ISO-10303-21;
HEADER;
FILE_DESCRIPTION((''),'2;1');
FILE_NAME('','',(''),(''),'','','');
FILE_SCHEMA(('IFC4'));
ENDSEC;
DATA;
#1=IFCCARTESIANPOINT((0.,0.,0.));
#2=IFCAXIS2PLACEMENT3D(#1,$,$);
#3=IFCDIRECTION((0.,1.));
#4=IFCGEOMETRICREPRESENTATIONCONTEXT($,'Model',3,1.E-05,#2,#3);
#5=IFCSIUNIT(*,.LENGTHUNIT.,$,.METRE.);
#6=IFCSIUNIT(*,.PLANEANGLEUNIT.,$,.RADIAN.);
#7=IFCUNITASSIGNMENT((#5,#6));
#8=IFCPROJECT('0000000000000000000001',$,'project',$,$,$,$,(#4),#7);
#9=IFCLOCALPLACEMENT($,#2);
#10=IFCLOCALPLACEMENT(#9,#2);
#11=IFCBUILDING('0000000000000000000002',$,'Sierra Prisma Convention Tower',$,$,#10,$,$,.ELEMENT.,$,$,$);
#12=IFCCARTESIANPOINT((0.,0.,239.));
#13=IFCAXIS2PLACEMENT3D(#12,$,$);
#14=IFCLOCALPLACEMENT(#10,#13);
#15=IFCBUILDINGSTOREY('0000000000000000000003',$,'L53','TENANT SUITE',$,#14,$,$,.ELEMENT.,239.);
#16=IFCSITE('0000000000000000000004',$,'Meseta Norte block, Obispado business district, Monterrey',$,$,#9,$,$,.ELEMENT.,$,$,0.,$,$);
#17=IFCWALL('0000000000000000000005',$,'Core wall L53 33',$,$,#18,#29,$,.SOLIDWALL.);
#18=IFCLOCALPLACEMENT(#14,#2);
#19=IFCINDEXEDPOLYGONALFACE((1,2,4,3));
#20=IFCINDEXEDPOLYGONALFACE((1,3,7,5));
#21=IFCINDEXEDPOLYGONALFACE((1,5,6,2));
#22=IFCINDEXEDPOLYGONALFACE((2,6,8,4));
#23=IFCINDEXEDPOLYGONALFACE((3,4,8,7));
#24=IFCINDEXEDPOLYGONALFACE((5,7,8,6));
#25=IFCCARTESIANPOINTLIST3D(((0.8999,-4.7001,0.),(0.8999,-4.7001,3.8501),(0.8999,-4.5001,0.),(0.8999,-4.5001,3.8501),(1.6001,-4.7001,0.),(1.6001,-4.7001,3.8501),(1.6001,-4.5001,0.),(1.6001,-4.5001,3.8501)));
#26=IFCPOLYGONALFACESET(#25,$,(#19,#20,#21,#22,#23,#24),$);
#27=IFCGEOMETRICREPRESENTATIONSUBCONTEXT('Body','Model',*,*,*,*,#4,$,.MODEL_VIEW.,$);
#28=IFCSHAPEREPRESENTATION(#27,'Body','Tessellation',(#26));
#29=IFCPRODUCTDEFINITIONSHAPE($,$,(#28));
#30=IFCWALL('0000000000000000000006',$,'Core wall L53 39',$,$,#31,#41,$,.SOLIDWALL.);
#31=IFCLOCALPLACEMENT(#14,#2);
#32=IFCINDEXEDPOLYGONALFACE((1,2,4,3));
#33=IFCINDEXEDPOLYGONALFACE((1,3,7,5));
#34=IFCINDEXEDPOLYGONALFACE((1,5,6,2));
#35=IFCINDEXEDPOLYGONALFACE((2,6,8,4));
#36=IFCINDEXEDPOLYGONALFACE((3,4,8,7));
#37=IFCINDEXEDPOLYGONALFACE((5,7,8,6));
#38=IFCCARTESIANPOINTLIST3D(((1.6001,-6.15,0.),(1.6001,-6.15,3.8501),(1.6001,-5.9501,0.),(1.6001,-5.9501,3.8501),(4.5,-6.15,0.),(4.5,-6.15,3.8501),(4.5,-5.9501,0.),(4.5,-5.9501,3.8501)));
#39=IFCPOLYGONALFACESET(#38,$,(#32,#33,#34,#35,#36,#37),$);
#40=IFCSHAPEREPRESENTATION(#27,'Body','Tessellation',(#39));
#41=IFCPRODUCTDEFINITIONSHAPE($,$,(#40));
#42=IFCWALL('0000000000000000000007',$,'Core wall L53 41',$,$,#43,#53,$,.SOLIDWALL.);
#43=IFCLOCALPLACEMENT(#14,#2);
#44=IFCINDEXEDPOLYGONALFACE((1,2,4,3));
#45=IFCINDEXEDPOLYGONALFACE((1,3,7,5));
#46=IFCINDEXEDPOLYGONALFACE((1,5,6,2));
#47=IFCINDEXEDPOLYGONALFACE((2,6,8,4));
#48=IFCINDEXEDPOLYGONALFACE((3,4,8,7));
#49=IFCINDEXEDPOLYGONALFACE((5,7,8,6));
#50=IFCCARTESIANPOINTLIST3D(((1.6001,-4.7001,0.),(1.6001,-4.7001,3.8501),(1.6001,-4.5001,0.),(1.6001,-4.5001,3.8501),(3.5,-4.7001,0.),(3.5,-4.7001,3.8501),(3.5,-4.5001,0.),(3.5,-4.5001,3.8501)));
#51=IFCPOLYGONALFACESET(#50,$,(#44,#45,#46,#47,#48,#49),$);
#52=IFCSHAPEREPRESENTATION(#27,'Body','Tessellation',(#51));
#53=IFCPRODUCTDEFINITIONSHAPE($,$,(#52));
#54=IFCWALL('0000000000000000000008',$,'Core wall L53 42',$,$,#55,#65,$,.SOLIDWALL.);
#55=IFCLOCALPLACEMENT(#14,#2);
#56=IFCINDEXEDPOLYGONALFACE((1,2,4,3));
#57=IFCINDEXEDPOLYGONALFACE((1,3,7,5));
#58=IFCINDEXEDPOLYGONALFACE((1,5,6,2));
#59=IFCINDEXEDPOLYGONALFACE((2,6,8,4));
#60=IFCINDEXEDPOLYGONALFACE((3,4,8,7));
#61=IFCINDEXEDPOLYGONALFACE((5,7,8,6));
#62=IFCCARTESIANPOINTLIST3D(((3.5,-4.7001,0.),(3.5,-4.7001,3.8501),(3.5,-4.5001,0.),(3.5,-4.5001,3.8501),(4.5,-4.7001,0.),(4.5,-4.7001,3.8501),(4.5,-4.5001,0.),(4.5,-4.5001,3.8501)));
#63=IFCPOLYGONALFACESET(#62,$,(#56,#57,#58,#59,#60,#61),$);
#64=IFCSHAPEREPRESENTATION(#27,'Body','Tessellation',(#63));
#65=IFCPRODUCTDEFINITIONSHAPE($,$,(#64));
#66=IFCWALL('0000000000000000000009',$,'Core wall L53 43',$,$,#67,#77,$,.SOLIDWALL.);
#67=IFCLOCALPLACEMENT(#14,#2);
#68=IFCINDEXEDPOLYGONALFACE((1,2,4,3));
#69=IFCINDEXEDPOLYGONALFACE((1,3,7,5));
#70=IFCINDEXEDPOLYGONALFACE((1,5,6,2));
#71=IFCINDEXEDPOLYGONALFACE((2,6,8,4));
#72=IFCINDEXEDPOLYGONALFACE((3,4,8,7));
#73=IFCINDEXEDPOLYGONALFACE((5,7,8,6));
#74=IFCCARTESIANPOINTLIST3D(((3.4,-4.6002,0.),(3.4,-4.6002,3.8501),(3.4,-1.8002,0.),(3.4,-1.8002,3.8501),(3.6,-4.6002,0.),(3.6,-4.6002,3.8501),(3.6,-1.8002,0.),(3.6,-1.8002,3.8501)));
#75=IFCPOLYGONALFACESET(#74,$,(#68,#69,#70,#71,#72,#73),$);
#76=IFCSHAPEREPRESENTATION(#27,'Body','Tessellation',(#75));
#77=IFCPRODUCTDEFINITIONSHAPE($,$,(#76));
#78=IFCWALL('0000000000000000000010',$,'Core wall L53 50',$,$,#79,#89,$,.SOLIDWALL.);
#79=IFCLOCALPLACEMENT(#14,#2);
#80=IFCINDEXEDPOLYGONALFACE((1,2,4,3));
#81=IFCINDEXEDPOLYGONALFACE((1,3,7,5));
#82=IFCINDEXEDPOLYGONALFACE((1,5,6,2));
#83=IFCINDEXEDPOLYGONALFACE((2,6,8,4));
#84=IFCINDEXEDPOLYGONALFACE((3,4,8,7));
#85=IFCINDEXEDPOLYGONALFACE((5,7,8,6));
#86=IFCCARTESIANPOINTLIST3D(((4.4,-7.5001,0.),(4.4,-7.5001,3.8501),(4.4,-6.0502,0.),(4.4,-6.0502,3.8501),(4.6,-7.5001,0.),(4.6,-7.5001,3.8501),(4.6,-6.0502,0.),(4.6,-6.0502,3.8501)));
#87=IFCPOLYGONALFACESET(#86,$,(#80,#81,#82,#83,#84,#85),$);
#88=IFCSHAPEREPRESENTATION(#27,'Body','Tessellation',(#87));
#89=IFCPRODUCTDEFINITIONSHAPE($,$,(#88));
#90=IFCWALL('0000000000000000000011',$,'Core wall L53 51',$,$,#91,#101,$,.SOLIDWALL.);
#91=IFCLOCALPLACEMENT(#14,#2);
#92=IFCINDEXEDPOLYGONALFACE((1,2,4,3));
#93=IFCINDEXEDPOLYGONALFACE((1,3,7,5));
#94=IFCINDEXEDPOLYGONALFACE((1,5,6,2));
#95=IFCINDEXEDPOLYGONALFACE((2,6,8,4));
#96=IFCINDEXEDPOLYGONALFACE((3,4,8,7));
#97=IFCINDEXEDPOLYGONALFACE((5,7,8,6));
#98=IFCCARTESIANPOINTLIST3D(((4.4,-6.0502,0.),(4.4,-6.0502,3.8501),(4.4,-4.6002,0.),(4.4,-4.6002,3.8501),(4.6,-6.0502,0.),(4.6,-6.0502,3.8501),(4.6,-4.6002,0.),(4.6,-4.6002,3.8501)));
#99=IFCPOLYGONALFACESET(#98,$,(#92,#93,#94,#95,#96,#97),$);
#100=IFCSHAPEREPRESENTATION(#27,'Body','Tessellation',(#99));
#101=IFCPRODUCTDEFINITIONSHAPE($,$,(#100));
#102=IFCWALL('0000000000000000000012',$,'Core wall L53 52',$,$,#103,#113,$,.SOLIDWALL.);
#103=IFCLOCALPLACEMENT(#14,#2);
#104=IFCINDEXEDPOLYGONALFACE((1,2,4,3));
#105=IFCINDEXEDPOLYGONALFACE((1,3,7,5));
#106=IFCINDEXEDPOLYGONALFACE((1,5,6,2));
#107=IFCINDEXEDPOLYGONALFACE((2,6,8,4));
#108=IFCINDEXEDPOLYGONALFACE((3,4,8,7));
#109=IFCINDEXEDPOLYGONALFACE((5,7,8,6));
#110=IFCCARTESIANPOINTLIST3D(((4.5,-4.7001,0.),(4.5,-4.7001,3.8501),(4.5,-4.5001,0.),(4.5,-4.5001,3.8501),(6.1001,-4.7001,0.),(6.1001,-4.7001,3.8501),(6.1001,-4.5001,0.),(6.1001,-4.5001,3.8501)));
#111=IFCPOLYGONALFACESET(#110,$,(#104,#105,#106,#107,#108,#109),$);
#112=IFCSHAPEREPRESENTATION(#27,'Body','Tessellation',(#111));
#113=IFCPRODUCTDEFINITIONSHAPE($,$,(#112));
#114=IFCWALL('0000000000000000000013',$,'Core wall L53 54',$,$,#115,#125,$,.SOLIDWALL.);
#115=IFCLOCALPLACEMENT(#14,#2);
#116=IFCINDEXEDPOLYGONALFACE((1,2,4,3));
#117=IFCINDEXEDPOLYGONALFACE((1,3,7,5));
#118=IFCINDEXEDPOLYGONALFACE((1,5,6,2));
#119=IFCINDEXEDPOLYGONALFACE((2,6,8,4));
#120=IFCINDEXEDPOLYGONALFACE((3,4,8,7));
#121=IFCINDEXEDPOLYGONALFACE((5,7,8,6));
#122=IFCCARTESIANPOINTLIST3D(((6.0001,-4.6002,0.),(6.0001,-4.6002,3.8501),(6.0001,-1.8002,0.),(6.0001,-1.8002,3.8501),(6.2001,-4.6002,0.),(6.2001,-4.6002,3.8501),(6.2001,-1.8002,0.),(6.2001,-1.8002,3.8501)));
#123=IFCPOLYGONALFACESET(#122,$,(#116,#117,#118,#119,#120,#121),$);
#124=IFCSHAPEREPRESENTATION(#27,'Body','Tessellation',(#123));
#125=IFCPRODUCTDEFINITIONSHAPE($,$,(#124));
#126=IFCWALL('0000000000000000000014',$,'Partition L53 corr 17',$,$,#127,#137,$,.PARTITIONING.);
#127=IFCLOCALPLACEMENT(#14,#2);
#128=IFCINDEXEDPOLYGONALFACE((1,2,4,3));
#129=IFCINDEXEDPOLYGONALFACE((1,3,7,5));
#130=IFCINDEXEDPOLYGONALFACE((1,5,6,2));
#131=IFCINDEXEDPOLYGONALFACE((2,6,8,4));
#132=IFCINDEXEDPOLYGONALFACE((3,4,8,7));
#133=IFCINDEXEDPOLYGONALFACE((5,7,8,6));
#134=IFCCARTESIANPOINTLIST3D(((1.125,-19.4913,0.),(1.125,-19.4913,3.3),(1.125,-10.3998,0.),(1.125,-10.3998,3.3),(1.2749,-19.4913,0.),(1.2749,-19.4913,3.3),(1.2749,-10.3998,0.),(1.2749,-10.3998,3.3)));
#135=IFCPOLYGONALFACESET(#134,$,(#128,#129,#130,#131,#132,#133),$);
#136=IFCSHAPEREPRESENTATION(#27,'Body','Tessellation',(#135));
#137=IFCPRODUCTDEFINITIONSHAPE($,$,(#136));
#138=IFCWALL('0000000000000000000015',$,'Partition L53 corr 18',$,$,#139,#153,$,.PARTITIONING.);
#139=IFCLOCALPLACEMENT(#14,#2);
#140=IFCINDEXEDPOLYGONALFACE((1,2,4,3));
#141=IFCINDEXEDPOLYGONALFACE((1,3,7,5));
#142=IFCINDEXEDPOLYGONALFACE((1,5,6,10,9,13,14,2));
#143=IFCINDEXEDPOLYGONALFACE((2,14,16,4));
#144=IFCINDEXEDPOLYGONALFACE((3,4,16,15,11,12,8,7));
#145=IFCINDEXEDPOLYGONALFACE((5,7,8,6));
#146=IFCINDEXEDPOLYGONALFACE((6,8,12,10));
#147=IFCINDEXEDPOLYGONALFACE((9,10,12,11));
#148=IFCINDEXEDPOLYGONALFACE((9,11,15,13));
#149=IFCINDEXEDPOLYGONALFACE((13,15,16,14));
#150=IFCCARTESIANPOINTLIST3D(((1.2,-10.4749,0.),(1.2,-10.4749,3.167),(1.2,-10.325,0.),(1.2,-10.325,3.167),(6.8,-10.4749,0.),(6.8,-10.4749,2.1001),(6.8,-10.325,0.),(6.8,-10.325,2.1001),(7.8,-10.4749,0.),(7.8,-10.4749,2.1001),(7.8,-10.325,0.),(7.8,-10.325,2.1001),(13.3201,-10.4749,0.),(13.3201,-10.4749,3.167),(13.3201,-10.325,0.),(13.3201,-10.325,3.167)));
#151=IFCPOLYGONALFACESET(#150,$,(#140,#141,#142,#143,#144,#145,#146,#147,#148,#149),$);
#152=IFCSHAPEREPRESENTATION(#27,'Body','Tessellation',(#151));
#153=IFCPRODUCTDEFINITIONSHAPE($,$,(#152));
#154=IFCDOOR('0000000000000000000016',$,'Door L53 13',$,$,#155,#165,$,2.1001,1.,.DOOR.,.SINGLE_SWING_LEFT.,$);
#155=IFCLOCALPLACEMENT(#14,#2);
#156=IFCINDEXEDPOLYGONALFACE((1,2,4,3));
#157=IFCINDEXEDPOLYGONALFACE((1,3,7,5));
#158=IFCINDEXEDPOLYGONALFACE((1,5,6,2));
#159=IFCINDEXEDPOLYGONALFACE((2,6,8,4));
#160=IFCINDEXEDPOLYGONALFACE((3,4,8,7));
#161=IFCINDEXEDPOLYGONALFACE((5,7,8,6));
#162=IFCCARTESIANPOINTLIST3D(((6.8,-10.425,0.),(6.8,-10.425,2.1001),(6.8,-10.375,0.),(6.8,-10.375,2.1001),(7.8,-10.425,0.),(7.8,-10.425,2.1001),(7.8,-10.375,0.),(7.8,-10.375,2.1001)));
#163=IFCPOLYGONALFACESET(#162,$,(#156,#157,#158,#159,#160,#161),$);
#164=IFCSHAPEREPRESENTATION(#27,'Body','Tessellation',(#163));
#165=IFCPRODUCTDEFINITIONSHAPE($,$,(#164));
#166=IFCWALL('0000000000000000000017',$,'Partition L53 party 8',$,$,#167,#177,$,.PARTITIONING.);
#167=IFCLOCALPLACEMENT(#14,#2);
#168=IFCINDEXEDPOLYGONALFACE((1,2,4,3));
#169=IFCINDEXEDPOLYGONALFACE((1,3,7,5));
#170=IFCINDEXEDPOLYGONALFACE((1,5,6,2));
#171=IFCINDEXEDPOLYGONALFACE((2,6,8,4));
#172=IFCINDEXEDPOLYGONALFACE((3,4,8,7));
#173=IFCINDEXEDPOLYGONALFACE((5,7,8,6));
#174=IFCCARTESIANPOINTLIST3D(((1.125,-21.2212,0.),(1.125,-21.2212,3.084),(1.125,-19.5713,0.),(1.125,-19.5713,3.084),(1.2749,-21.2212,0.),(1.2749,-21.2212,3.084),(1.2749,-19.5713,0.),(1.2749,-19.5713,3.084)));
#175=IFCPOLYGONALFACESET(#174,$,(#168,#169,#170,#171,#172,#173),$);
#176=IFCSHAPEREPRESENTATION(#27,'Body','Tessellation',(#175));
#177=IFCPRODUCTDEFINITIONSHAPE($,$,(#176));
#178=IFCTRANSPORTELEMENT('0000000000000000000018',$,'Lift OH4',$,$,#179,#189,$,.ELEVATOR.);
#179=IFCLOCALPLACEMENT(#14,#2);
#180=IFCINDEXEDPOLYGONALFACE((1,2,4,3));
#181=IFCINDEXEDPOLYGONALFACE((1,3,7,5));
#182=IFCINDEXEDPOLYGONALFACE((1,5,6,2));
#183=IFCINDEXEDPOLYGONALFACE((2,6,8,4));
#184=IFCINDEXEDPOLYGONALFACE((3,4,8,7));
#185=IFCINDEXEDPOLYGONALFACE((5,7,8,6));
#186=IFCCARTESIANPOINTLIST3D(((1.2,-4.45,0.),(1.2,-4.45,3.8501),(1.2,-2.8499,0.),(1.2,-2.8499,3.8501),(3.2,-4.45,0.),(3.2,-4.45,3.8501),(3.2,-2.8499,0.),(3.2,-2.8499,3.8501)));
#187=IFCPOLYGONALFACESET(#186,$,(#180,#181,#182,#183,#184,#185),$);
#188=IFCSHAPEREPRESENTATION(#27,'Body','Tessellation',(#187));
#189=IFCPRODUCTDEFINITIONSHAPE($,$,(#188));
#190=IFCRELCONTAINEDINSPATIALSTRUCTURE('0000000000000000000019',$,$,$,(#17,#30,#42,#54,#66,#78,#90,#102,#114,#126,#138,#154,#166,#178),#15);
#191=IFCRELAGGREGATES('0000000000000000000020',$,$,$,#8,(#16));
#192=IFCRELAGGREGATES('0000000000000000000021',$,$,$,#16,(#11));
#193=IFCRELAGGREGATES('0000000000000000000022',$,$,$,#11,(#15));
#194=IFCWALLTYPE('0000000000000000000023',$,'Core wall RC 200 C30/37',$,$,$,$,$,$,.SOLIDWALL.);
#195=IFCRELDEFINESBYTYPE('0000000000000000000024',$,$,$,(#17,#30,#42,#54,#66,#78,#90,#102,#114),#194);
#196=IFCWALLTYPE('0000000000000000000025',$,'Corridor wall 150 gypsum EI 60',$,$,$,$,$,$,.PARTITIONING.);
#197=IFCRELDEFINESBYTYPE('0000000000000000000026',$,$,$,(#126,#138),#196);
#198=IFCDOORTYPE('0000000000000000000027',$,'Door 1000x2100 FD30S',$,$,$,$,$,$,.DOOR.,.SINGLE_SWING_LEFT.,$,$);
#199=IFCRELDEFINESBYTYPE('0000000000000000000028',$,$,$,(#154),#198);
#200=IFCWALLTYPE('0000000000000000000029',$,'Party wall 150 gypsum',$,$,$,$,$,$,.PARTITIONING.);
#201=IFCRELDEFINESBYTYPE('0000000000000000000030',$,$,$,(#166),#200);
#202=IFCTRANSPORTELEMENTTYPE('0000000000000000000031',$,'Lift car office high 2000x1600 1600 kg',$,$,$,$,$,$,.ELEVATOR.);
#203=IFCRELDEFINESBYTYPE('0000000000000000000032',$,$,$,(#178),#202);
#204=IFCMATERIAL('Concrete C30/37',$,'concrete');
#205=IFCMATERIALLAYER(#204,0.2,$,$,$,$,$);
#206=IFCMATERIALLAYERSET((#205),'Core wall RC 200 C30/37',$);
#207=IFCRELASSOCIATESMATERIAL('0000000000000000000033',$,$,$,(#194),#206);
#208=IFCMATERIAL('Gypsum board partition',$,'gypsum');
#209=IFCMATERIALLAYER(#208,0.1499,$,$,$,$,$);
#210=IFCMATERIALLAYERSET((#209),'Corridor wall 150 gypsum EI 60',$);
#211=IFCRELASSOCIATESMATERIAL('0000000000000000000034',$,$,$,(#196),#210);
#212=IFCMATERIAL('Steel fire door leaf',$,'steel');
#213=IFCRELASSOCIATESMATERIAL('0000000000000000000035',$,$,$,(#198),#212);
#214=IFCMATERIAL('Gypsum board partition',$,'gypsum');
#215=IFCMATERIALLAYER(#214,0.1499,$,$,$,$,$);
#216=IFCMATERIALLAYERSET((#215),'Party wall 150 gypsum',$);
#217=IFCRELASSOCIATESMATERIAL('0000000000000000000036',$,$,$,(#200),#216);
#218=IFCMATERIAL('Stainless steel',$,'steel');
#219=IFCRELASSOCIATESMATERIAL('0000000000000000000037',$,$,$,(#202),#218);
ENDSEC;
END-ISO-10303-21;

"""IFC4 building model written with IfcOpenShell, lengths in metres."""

from ifc_helpers import new_model, si_unit, direction, frame, frame_2d, origin, origin_2d, place, context, subcontext, project, spatial, rectangle, extrude, material, layer, layer_set, type_object, element, fill, save


model = new_model("IFC4")

# Units and contexts
model_context = context("Model", 3, precision=1e-05, world=origin(), true_north=direction((0.0, 1.0)))
body_context = subcontext(model_context, "Body", "Model", "MODEL_VIEW")
ifc_project = project(units=[si_unit("LENGTHUNIT", "METRE"), si_unit("PLANEANGLEUNIT", "RADIAN")], contexts=[model_context])

# Site, building, storey
site_placement = place(None, origin())
site = spatial("IfcSite", under=ifc_project, at=site_placement, Name="Meseta Norte block, Obispado business district, Monterrey", CompositionType="ELEMENT", RefElevation=0.0)
building_placement = place(site_placement, origin())
building = spatial("IfcBuilding", under=site, at=building_placement, Name="Sierra Prisma Convention Tower", CompositionType="ELEMENT")
storey_placement = place(building_placement, frame((0.0, 0.0, 239.0)))
storey = spatial("IfcBuildingStorey", under=building, at=storey_placement, Name="L53", Description="TENANT SUITE", CompositionType="ELEMENT", Elevation=239.0)

# Shared definitions
ifc_material_1 = material(Name="Concrete C30/37", Category="concrete")
ifc_layer_1 = layer(ifc_material_1, 0.2)
ifc_layer_set_1 = layer_set([ifc_layer_1], Name="Core wall RC 200 C30/37")
wall_type_1 = type_object("IfcWallType", Name="Core wall RC 200 C30/37", PredefinedType="SOLIDWALL", material=ifc_layer_set_1)

# Wall
wall_1_placement = place(storey_placement, frame((0.8999, -4.6001, 0.0), z_axis=(0.0, 0.0, 1.0), x_axis=(1.0, 0.0, 0.0)))
element("IfcWall", 1, at=wall_1_placement, inside=storey, type_object=wall_type_1, Name="Core wall L53 33", PredefinedType="SOLIDWALL", context=body_context, shape_type="SweptSolid", body=[
    extrude(rectangle(XDim=0.7002, YDim=0.2, at=frame_2d((0.3501, 0.0))), origin(), (0.0, 0.0, 1.0), 3.8501),
])

# Wall
wall_2_placement = place(storey_placement, frame((4.5, -6.05, 0.0), z_axis=(0.0, 0.0, 1.0), x_axis=(-1.0, 0.0, 0.0)))
element("IfcWall", 2, at=wall_2_placement, inside=storey, type_object=wall_type_1, Name="Core wall L53 39", PredefinedType="SOLIDWALL", context=body_context, shape_type="SweptSolid", body=[
    extrude(rectangle(XDim=2.8999, YDim=0.2, at=frame_2d((1.45, 0.0))), origin(), (0.0, 0.0, 1.0), 3.8501),
])

# Walls
wall_3_placement = place(storey_placement, frame((3.5, -4.6001, 0.0), z_axis=(0.0, 0.0, 1.0), x_axis=(-1.0, 0.0, 0.0)))
element("IfcWall", 3, at=wall_3_placement, inside=storey, type_object=wall_type_1, Name="Core wall L53 41", PredefinedType="SOLIDWALL", context=body_context, shape_type="SweptSolid", body=[
    extrude(rectangle(XDim=1.8999, YDim=0.2, at=frame_2d((0.95, 0.0))), origin(), (0.0, 0.0, 1.0), 3.8501),
])
wall_4_placement = place(storey_placement, frame((4.5, -4.6001, 0.0), z_axis=(0.0, 0.0, 1.0), x_axis=(-1.0, 0.0, 0.0)))
element("IfcWall", 4, at=wall_4_placement, inside=storey, type_object=wall_type_1, Name="Core wall L53 42", PredefinedType="SOLIDWALL", context=body_context, shape_type="SweptSolid", body=[
    extrude(rectangle(XDim=1.0, YDim=0.2, at=frame_2d((0.5, 0.0))), origin(), (0.0, 0.0, 1.0), 3.8501),
])
wall_5_placement = place(storey_placement, frame((3.5, -4.6001, 0.0), z_axis=(0.0, 0.0, 1.0), x_axis=(0.0, 1.0, 0.0)))
element("IfcWall", 5, at=wall_5_placement, inside=storey, type_object=wall_type_1, Name="Core wall L53 43", PredefinedType="SOLIDWALL", context=body_context, shape_type="SweptSolid", body=[
    extrude(rectangle(XDim=2.8, YDim=0.2, at=frame_2d((1.3999, 0.0))), origin(), (0.0, 0.0, 1.0), 3.8501),
])
for number, where, z_axis, x_axis, name in (
    (6, (4.5, -6.05, 0.0), (0.0, 0.0, 1.0), (0.0, -1.0, 0.0), "Core wall L53 50"),
    (7, (4.5, -4.6001, 0.0), (0.0, 0.0, 1.0), (0.0, -1.0, 0.0), "Core wall L53 51"),
):
    element("IfcWall", number, at=place(storey_placement, frame(where, z_axis=z_axis, x_axis=x_axis)), inside=storey, type_object=wall_type_1, Name=name, PredefinedType="SOLIDWALL", context=body_context, shape_type="SweptSolid", body=[
        extrude(rectangle(XDim=1.45, YDim=0.2, at=frame_2d((0.7251, 0.0))), origin(), (0.0, 0.0, 1.0), 3.8501),
    ])
wall_6_placement = place(storey_placement, frame((6.1001, -4.6001, 0.0), z_axis=(0.0, 0.0, 1.0), x_axis=(-1.0, 0.0, 0.0)))
element("IfcWall", 8, at=wall_6_placement, inside=storey, type_object=wall_type_1, Name="Core wall L53 52", PredefinedType="SOLIDWALL", context=body_context, shape_type="SweptSolid", body=[
    extrude(rectangle(XDim=1.6001, YDim=0.2, at=frame_2d((0.8, 0.0))), origin(), (0.0, 0.0, 1.0), 3.8501),
])
wall_7_placement = place(storey_placement, frame((6.1001, -4.6001, 0.0), z_axis=(0.0, 0.0, 1.0), x_axis=(0.0, 1.0, 0.0)))
element("IfcWall", 9, at=wall_7_placement, inside=storey, type_object=wall_type_1, Name="Core wall L53 54", PredefinedType="SOLIDWALL", context=body_context, shape_type="SweptSolid", body=[
    extrude(rectangle(XDim=2.8, YDim=0.2, at=frame_2d((1.3999, 0.0))), origin(), (0.0, 0.0, 1.0), 3.8501),
])
ifc_material_2 = material(Name="Gypsum board partition", Category="gypsum")
ifc_layer_2 = layer(ifc_material_2, 0.1499)
ifc_layer_set_2 = layer_set([ifc_layer_2], Name="Corridor wall 150 gypsum EI 60")
wall_type_2 = type_object("IfcWallType", Name="Corridor wall 150 gypsum EI 60", PredefinedType="PARTITIONING", material=ifc_layer_set_2)
wall_8_placement = place(storey_placement, frame((1.2, -19.4915, 0.0), z_axis=(0.0, 0.0, 1.0), x_axis=(0.0, 1.0, 0.0)))
element("IfcWall", 10, at=wall_8_placement, inside=storey, type_object=wall_type_2, Name="Partition L53 corr 17", PredefinedType="PARTITIONING", context=body_context, shape_type="SweptSolid", body=[
    extrude(rectangle(XDim=9.0916, YDim=0.1499, at=frame_2d((4.5459, 0.0))), origin(), (0.0, 0.0, 1.0), 3.3),
])

# Wall, opening, door
wall_9_placement = place(storey_placement, frame((1.2, -10.3999, 0.0), z_axis=(0.0, 0.0, 1.0), x_axis=(1.0, 0.0, 0.0)))
wall_9 = element("IfcWall", 11, at=wall_9_placement, inside=storey, type_object=wall_type_2, Name="Partition L53 corr 18", PredefinedType="PARTITIONING", context=body_context, shape_type="SweptSolid", body=[
    extrude(rectangle(XDim=12.1201, YDim=0.1499, at=frame_2d((6.0601, 0.0))), origin(), (0.0, 0.0, 1.0), 3.167),
])
opening_1_placement = place(wall_9_placement, frame((5.6001, 0.0, 0.0)))
opening_1 = element("IfcOpeningElement", 12, at=opening_1_placement, cuts=wall_9, PredefinedType="OPENING", context=body_context, shape_type="SweptSolid", body=[
    extrude(rectangle(XDim=1.0, YDim=2.1001, at=frame_2d((0.5, 1.05))), frame((0.0, 0.075, 0.0), z_axis=(0.0, -1.0, 0.0), x_axis=(1.0, 0.0, 0.0)), (0.0, 0.0, 1.0), 0.1499),
])
ifc_material_3 = material(Name="Steel fire door leaf", Category="steel")
door_type_1 = type_object("IfcDoorType", Name="Door 1000x2100 FD30S", OperationType="SINGLE_SWING_LEFT", PredefinedType="DOOR", material=ifc_material_3)
door_1_placement = place(opening_1_placement, origin())
door_1 = element("IfcDoor", 13, at=door_1_placement, inside=storey, type_object=door_type_1, Name="Door L53 13", OperationType="SINGLE_SWING_LEFT", OverallHeight=2.1001, OverallWidth=1.0, PredefinedType="DOOR", context=body_context, shape_type="SweptSolid", body=[
    extrude(rectangle(XDim=1.0, YDim=2.1001, at=frame_2d((0.5, 1.05))), frame((0.0, 0.0249, 0.0), z_axis=(0.0, -1.0, 0.0), x_axis=(1.0, 0.0, 0.0)), (0.0, 0.0, 1.0), 0.05),
])
fill(opening_1, door_1)

# Wall
ifc_material_4 = material(Name="Gypsum board partition", Category="gypsum")
ifc_layer_3 = layer(ifc_material_4, 0.1499)
ifc_layer_set_3 = layer_set([ifc_layer_3], Name="Party wall 150 gypsum")
wall_type_3 = type_object("IfcWallType", Name="Party wall 150 gypsum", PredefinedType="PARTITIONING", material=ifc_layer_set_3)
wall_10_placement = place(storey_placement, frame((1.2, -19.5713, 0.0), z_axis=(0.0, 0.0, 1.0), x_axis=(0.0, -1.0, 0.0)))
element("IfcWall", 14, at=wall_10_placement, inside=storey, type_object=wall_type_3, Name="Partition L53 party 8", PredefinedType="PARTITIONING", context=body_context, shape_type="SweptSolid", body=[
    extrude(rectangle(XDim=1.6499, YDim=0.1499, at=frame_2d((0.825, 0.0))), origin(), (0.0, 0.0, 1.0), 3.084),
])

# Transport element
ifc_material_5 = material(Name="Stainless steel", Category="steel")
transport_element_type = type_object("IfcTransportElementType", Name="Lift car office high 2000x1600 1600 kg", PredefinedType="ELEVATOR", material=ifc_material_5)
for number, where, z_axis, x_axis, name in (
    (15, (2.2, -3.6499, 0.0), (0.0, 0.0, 1.0), (1.0, 0.0, 0.0), "Lift OH4"),
):
    element("IfcTransportElement", number, at=place(storey_placement, frame(where, z_axis=z_axis, x_axis=x_axis)), inside=storey, type_object=transport_element_type, Name=name, PredefinedType="ELEVATOR", context=body_context, shape_type="SweptSolid", body=[
        extrude(rectangle(XDim=2.0, YDim=1.6001, at=origin_2d()), origin(), (0.0, 0.0, 1.0), 3.8501),
    ])

save(model, "model.ifc")
